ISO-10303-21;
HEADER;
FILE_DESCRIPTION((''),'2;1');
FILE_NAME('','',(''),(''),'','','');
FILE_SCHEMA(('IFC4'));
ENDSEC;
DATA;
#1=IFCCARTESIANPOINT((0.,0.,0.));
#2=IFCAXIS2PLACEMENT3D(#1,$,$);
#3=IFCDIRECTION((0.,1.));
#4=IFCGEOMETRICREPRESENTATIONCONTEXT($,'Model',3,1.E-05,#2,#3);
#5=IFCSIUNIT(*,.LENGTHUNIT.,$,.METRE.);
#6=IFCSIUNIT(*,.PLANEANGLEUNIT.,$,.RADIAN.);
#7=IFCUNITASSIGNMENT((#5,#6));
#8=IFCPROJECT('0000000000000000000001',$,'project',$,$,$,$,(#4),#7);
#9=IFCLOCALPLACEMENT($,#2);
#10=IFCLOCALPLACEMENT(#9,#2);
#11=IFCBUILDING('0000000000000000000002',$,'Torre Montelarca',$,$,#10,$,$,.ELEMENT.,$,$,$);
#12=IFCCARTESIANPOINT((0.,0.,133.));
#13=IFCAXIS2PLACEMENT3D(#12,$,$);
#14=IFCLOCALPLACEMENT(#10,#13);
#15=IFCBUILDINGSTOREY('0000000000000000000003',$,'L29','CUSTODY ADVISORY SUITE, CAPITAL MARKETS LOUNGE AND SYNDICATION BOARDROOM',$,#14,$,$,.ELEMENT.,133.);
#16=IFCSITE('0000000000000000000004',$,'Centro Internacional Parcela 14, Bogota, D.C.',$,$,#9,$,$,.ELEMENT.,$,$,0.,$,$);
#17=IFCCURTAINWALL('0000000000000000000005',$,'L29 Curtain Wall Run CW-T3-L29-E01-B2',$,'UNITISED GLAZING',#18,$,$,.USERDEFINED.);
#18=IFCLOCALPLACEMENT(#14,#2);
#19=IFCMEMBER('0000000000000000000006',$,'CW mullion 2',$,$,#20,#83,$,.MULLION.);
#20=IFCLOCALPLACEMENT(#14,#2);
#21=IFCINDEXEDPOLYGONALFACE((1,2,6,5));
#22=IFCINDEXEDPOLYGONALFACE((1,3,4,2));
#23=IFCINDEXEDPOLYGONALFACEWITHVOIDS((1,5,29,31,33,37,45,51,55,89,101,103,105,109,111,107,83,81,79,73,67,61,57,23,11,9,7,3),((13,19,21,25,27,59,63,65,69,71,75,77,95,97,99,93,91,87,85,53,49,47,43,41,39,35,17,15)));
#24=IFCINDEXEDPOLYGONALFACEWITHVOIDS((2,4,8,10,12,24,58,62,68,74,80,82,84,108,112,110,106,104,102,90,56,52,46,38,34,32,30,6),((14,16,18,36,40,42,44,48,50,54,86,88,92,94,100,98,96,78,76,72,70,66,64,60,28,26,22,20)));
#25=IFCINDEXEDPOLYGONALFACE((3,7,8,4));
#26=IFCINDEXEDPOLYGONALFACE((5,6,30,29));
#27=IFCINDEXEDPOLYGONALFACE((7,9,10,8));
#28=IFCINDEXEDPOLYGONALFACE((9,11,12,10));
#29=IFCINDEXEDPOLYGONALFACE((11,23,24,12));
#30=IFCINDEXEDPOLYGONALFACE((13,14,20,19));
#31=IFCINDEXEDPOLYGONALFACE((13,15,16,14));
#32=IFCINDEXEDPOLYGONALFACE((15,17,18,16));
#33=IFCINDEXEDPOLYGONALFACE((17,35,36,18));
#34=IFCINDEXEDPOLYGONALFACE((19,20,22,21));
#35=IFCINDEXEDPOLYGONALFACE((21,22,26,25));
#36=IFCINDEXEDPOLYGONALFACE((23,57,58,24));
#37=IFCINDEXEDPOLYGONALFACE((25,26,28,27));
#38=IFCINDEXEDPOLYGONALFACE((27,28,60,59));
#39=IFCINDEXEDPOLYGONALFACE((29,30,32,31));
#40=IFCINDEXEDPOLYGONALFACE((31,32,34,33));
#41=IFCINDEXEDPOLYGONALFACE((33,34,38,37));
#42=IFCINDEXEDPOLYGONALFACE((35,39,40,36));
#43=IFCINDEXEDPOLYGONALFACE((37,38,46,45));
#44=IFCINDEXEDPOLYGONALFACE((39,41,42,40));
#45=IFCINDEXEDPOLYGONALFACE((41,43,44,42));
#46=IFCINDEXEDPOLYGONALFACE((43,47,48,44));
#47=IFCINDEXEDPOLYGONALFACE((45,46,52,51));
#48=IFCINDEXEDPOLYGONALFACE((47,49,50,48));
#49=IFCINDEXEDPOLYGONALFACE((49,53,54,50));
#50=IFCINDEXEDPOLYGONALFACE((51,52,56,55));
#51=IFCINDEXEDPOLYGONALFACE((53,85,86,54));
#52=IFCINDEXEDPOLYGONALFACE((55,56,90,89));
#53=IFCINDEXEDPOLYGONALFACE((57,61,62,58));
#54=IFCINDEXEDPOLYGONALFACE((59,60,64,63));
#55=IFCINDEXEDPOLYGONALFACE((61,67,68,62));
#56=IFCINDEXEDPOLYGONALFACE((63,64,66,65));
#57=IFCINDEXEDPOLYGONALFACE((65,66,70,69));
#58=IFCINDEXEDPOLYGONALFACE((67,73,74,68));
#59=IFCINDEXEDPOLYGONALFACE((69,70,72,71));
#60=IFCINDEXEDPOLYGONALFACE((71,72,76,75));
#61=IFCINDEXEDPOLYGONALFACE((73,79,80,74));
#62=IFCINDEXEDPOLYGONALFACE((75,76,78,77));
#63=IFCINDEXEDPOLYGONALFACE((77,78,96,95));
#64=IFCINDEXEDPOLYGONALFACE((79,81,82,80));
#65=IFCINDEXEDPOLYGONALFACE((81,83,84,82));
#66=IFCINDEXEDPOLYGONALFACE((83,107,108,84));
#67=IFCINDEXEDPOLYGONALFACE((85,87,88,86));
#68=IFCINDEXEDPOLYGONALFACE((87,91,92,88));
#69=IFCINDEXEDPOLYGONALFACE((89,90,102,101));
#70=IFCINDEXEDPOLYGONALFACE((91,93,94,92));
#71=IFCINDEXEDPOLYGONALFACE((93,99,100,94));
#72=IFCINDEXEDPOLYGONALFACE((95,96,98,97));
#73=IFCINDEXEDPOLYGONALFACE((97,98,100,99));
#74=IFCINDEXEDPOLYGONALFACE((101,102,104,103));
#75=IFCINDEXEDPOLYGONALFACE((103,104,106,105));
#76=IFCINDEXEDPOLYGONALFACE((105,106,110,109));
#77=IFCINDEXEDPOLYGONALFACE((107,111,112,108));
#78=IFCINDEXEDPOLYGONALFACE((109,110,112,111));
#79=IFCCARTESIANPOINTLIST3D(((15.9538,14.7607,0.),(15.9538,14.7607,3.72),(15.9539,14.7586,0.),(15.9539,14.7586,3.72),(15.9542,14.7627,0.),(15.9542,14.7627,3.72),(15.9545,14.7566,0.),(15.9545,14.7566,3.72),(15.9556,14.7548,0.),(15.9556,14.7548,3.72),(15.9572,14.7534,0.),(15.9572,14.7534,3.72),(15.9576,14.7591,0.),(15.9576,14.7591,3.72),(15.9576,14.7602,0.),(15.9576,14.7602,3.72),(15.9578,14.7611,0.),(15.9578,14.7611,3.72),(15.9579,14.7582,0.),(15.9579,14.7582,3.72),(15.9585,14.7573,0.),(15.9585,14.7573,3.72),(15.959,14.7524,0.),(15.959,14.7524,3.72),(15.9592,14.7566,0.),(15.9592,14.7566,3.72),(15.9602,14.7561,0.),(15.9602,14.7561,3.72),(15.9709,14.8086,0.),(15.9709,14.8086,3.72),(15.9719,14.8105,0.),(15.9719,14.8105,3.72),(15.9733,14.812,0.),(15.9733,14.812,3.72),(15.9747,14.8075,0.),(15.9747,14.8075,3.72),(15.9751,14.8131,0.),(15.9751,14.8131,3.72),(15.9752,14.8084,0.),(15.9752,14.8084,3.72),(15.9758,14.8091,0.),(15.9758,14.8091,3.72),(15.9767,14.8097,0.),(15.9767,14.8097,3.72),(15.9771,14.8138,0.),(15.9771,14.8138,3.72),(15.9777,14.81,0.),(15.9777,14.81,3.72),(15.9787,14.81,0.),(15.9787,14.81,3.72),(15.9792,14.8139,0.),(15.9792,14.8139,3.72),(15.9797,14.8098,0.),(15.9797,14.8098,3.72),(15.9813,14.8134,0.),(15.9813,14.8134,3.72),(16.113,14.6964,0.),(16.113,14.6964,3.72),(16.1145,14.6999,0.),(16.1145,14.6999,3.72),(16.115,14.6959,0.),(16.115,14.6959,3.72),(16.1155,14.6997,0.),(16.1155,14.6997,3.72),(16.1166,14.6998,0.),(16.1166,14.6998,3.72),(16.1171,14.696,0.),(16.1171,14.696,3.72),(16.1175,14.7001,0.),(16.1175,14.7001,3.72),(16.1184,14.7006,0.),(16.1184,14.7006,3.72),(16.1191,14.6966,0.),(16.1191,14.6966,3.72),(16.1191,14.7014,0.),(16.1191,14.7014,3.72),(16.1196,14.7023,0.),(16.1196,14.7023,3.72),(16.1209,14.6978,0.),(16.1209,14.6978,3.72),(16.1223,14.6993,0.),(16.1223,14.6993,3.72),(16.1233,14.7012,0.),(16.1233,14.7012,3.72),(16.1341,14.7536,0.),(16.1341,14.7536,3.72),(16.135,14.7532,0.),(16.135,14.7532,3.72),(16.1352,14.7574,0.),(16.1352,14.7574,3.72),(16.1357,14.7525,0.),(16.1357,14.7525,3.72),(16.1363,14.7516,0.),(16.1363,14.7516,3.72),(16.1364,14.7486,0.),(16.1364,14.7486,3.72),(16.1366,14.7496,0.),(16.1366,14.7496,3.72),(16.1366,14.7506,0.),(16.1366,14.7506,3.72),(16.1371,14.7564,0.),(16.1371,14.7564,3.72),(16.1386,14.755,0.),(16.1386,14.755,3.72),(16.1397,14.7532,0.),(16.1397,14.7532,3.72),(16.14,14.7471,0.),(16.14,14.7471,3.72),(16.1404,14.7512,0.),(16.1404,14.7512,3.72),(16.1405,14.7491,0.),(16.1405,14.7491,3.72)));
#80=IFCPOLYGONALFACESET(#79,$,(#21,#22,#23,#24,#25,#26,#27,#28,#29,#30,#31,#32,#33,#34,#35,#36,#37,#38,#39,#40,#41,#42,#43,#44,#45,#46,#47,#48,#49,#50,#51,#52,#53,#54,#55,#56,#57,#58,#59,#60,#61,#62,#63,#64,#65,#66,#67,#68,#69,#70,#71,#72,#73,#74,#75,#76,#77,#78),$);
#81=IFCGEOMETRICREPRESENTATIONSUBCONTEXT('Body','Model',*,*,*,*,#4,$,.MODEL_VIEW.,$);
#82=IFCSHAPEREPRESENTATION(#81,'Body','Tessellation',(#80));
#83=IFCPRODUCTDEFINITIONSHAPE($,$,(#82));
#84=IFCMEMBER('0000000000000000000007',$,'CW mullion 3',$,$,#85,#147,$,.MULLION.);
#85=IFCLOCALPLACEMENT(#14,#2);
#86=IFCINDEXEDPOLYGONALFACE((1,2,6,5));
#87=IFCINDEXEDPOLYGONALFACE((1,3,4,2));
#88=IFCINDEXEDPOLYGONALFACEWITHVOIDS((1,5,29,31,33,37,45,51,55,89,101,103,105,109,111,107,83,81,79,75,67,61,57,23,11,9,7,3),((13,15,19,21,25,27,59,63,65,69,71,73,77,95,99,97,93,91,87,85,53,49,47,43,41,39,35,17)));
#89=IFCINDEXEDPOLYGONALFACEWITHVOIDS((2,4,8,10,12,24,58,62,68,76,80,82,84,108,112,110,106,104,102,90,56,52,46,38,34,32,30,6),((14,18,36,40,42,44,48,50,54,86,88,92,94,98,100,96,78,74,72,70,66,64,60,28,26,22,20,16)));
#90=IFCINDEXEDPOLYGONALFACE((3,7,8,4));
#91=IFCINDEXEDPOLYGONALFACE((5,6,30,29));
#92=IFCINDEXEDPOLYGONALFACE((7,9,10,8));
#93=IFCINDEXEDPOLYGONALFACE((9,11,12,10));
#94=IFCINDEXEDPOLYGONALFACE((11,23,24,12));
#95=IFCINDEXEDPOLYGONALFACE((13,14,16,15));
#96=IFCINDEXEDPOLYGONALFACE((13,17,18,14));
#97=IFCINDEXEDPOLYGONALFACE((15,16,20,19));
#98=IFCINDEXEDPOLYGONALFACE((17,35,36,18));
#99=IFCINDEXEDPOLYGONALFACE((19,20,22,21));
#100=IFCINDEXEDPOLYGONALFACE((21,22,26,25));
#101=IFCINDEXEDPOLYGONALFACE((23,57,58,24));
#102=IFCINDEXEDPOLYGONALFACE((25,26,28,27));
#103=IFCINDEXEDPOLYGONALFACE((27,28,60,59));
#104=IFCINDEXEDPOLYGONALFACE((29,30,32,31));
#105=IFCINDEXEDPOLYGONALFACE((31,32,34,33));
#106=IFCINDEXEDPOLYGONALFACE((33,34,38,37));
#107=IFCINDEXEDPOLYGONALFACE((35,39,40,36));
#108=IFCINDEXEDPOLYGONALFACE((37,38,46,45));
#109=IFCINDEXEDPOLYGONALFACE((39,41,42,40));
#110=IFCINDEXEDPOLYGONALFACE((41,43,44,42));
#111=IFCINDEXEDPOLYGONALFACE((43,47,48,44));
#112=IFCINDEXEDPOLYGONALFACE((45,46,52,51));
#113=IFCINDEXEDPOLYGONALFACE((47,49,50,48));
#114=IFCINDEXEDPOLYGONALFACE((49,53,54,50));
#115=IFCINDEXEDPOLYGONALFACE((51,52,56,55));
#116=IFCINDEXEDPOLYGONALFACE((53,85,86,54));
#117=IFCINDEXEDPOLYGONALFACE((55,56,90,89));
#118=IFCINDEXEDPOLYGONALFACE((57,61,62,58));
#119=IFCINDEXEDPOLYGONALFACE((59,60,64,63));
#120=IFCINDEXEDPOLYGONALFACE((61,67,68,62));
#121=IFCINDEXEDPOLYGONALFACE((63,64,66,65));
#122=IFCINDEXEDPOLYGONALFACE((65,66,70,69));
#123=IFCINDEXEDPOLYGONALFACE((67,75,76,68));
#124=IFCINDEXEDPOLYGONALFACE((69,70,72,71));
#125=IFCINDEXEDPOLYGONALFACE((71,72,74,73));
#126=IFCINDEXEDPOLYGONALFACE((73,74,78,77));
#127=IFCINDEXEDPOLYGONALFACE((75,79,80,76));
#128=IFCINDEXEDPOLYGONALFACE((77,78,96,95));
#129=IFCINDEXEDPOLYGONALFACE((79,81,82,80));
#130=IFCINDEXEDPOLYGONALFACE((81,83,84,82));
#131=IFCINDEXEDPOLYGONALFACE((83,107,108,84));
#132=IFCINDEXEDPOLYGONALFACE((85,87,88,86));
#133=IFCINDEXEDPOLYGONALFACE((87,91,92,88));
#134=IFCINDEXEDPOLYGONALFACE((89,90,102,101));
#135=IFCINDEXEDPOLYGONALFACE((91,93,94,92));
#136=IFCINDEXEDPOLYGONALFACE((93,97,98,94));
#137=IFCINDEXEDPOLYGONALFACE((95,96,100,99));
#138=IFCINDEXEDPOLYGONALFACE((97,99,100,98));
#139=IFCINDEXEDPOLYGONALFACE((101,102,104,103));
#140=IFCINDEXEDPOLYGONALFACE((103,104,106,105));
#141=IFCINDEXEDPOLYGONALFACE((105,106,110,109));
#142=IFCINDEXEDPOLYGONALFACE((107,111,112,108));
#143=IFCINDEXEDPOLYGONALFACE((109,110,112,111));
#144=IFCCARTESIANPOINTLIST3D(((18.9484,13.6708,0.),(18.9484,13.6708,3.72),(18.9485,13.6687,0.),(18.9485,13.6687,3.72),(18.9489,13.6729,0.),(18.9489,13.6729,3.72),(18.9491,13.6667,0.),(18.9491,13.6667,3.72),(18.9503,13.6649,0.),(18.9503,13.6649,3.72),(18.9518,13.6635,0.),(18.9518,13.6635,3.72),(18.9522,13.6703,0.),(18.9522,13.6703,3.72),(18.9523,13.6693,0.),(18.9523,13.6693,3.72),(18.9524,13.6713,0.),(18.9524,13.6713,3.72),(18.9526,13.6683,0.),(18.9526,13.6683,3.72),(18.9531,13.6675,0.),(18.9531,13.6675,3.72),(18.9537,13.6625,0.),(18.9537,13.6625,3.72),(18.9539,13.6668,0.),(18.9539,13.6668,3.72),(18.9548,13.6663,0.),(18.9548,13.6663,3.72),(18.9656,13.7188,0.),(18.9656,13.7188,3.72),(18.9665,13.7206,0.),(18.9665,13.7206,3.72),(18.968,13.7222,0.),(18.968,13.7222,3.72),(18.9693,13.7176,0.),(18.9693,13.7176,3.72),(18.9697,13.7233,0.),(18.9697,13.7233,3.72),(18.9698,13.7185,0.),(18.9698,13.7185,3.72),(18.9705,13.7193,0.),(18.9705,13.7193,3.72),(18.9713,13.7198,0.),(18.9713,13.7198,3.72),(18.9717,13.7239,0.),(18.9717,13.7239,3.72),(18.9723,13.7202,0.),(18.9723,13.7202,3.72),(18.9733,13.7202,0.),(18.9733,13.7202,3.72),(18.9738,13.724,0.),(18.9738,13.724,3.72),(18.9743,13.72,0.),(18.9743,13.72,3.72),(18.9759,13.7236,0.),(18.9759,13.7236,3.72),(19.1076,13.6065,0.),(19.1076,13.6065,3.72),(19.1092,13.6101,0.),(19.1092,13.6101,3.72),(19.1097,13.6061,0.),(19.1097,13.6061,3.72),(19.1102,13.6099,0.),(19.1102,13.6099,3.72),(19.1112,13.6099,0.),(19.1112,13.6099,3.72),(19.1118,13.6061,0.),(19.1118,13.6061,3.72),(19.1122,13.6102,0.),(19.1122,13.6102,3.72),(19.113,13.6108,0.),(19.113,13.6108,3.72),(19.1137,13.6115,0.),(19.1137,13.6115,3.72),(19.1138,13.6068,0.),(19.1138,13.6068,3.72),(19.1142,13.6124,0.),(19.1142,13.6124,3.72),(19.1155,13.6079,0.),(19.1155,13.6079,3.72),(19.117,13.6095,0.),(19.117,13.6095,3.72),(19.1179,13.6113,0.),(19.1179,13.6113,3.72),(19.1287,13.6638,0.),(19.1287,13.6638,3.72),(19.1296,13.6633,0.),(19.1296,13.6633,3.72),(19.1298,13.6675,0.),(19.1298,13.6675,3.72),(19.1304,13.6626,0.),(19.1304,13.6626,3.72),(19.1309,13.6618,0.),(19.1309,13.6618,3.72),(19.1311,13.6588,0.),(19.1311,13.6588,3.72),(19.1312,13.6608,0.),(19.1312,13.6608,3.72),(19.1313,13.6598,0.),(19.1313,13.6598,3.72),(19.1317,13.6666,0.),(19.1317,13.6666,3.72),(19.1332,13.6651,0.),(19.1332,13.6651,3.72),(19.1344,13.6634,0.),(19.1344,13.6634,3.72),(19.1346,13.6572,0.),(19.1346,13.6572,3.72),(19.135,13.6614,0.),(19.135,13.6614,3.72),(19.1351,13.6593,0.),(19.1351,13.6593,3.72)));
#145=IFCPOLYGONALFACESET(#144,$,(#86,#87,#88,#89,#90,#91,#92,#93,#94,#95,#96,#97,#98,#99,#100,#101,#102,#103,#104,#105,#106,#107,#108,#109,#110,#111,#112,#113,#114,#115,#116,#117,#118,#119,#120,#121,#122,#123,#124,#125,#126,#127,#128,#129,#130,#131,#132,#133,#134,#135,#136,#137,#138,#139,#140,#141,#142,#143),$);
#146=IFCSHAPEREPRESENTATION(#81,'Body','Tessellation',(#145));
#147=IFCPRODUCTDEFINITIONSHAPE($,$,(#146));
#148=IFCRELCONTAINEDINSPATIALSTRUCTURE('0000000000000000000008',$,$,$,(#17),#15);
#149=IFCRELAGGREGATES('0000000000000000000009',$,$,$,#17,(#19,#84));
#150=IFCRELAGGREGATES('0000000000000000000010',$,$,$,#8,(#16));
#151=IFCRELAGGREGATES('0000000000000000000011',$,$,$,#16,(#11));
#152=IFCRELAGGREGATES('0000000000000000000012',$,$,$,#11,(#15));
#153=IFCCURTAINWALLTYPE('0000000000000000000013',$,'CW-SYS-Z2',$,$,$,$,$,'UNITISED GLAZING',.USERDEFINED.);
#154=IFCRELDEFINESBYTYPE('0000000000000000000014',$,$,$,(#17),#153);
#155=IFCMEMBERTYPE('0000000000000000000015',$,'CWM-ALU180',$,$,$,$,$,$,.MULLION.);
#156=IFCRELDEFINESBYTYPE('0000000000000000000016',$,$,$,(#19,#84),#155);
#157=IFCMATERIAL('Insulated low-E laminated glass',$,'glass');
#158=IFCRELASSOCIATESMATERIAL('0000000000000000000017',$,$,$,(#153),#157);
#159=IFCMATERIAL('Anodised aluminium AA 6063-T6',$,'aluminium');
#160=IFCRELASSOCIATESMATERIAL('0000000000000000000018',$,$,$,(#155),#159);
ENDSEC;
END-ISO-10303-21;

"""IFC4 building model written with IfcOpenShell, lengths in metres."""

from ifc_helpers import new_model, si_unit, direction, frame, origin, origin_2d, place, context, subcontext, project, spatial, hollow_rectangle, extrude, source, transform, mapped, material, material_profile, profile_set, type_object, element, aggregate, save


model = new_model("IFC4")

# Units and contexts
model_context = context("Model", 3, precision=1e-05, world=origin(), true_north=direction((0.0, 1.0)))
body_context = subcontext(model_context, "Body", "Model", "MODEL_VIEW")
ifc_project = project(units=[si_unit("LENGTHUNIT", "METRE"), si_unit("PLANEANGLEUNIT", "RADIAN")], contexts=[model_context])

# Site, building, storey
site_placement = place(None, origin())
site = spatial("IfcSite", under=ifc_project, at=site_placement, Name="Centro Internacional Parcela 14, Bogota, D.C.", CompositionType="ELEMENT", RefElevation=0.0)
building_placement = place(site_placement, origin())
building = spatial("IfcBuilding", under=site, at=building_placement, Name="Torre Montelarca", CompositionType="ELEMENT")
storey_placement = place(building_placement, frame((0.0, 0.0, 133.0)))
storey = spatial("IfcBuildingStorey", under=building, at=storey_placement, Name="L29", Description="CUSTODY ADVISORY SUITE, CAPITAL MARKETS LOUNGE AND SYNDICATION BOARDROOM", CompositionType="ELEMENT", Elevation=133.0)

# Curtain wall, members
ifc_material_1 = material(Name="Insulated low-E laminated glass", Category="glass")
curtain_wall_type = type_object("IfcCurtainWallType", Name="CW-SYS-Z2", ElementType="UNITISED GLAZING", PredefinedType="USERDEFINED", material=ifc_material_1)
ifc_material_2 = material(Name="Anodised aluminium AA 6063-T6", Category="aluminium")
ifc_material_profile_1 = material_profile(ifc_material_2, hollow_rectangle(XDim=0.0649, YDim=0.1799, WallThickness=0.0039, InnerFilletRadius=0.0039, OuterFilletRadius=0.0081, at=origin_2d()), Name="ALU65X180X4", Category="aluminium")
ifc_profile_set_1 = profile_set([ifc_material_profile_1], Name="Anodised aluminium AA 6063-T6")
member_type_1 = type_object("IfcMemberType", Name="CWM-ALU180", PredefinedType="MULLION", material=ifc_profile_set_1)
shared_shape_1 = source(origin(), body_context, "Body", "SweptSolid", [
    extrude(hollow_rectangle(XDim=0.0649, YDim=0.1799, WallThickness=0.0039, InnerFilletRadius=0.0039, OuterFilletRadius=0.0081, at=origin_2d()), origin(), (0.0, 0.0, 1.0), 3.72),
])
curtain_wall_1_placement = place(storey_placement, origin())
curtain_wall_1 = element("IfcCurtainWall", 1, at=curtain_wall_1_placement, inside=storey, type_object=curtain_wall_type, Name="L29 Curtain Wall Run CW-T3-L29-E01-B2", ObjectType="UNITISED GLAZING", PredefinedType="USERDEFINED")
member_1_placement = place(storey_placement, frame((16.0471, 14.7549, 0.0), z_axis=(0.0, 0.0, 1.0), x_axis=(0.342021, 0.939692, 0.0)))
member_1 = element("IfcMember", 2, at=member_1_placement, type_object=member_type_1, Name="CW mullion 2", PredefinedType="MULLION", context=body_context, shape_type="MappedRepresentation", body=[
    mapped(shared_shape_1, transform((0.0, 0.0, 0.0), scale=1.0)),
])
member_2_placement = place(storey_placement, frame((19.0417, 13.665, 0.0), z_axis=(0.0, 0.0, 1.0), x_axis=(0.342021, 0.939692, 0.0)))
member_2 = element("IfcMember", 3, at=member_2_placement, type_object=member_type_1, Name="CW mullion 3", PredefinedType="MULLION", context=body_context, shape_type="MappedRepresentation", body=[
    mapped(shared_shape_1, transform((0.0, 0.0, 0.0), scale=1.0)),
])

aggregate(curtain_wall_1, [member_1, member_2])

save(model, "model.ifc")
